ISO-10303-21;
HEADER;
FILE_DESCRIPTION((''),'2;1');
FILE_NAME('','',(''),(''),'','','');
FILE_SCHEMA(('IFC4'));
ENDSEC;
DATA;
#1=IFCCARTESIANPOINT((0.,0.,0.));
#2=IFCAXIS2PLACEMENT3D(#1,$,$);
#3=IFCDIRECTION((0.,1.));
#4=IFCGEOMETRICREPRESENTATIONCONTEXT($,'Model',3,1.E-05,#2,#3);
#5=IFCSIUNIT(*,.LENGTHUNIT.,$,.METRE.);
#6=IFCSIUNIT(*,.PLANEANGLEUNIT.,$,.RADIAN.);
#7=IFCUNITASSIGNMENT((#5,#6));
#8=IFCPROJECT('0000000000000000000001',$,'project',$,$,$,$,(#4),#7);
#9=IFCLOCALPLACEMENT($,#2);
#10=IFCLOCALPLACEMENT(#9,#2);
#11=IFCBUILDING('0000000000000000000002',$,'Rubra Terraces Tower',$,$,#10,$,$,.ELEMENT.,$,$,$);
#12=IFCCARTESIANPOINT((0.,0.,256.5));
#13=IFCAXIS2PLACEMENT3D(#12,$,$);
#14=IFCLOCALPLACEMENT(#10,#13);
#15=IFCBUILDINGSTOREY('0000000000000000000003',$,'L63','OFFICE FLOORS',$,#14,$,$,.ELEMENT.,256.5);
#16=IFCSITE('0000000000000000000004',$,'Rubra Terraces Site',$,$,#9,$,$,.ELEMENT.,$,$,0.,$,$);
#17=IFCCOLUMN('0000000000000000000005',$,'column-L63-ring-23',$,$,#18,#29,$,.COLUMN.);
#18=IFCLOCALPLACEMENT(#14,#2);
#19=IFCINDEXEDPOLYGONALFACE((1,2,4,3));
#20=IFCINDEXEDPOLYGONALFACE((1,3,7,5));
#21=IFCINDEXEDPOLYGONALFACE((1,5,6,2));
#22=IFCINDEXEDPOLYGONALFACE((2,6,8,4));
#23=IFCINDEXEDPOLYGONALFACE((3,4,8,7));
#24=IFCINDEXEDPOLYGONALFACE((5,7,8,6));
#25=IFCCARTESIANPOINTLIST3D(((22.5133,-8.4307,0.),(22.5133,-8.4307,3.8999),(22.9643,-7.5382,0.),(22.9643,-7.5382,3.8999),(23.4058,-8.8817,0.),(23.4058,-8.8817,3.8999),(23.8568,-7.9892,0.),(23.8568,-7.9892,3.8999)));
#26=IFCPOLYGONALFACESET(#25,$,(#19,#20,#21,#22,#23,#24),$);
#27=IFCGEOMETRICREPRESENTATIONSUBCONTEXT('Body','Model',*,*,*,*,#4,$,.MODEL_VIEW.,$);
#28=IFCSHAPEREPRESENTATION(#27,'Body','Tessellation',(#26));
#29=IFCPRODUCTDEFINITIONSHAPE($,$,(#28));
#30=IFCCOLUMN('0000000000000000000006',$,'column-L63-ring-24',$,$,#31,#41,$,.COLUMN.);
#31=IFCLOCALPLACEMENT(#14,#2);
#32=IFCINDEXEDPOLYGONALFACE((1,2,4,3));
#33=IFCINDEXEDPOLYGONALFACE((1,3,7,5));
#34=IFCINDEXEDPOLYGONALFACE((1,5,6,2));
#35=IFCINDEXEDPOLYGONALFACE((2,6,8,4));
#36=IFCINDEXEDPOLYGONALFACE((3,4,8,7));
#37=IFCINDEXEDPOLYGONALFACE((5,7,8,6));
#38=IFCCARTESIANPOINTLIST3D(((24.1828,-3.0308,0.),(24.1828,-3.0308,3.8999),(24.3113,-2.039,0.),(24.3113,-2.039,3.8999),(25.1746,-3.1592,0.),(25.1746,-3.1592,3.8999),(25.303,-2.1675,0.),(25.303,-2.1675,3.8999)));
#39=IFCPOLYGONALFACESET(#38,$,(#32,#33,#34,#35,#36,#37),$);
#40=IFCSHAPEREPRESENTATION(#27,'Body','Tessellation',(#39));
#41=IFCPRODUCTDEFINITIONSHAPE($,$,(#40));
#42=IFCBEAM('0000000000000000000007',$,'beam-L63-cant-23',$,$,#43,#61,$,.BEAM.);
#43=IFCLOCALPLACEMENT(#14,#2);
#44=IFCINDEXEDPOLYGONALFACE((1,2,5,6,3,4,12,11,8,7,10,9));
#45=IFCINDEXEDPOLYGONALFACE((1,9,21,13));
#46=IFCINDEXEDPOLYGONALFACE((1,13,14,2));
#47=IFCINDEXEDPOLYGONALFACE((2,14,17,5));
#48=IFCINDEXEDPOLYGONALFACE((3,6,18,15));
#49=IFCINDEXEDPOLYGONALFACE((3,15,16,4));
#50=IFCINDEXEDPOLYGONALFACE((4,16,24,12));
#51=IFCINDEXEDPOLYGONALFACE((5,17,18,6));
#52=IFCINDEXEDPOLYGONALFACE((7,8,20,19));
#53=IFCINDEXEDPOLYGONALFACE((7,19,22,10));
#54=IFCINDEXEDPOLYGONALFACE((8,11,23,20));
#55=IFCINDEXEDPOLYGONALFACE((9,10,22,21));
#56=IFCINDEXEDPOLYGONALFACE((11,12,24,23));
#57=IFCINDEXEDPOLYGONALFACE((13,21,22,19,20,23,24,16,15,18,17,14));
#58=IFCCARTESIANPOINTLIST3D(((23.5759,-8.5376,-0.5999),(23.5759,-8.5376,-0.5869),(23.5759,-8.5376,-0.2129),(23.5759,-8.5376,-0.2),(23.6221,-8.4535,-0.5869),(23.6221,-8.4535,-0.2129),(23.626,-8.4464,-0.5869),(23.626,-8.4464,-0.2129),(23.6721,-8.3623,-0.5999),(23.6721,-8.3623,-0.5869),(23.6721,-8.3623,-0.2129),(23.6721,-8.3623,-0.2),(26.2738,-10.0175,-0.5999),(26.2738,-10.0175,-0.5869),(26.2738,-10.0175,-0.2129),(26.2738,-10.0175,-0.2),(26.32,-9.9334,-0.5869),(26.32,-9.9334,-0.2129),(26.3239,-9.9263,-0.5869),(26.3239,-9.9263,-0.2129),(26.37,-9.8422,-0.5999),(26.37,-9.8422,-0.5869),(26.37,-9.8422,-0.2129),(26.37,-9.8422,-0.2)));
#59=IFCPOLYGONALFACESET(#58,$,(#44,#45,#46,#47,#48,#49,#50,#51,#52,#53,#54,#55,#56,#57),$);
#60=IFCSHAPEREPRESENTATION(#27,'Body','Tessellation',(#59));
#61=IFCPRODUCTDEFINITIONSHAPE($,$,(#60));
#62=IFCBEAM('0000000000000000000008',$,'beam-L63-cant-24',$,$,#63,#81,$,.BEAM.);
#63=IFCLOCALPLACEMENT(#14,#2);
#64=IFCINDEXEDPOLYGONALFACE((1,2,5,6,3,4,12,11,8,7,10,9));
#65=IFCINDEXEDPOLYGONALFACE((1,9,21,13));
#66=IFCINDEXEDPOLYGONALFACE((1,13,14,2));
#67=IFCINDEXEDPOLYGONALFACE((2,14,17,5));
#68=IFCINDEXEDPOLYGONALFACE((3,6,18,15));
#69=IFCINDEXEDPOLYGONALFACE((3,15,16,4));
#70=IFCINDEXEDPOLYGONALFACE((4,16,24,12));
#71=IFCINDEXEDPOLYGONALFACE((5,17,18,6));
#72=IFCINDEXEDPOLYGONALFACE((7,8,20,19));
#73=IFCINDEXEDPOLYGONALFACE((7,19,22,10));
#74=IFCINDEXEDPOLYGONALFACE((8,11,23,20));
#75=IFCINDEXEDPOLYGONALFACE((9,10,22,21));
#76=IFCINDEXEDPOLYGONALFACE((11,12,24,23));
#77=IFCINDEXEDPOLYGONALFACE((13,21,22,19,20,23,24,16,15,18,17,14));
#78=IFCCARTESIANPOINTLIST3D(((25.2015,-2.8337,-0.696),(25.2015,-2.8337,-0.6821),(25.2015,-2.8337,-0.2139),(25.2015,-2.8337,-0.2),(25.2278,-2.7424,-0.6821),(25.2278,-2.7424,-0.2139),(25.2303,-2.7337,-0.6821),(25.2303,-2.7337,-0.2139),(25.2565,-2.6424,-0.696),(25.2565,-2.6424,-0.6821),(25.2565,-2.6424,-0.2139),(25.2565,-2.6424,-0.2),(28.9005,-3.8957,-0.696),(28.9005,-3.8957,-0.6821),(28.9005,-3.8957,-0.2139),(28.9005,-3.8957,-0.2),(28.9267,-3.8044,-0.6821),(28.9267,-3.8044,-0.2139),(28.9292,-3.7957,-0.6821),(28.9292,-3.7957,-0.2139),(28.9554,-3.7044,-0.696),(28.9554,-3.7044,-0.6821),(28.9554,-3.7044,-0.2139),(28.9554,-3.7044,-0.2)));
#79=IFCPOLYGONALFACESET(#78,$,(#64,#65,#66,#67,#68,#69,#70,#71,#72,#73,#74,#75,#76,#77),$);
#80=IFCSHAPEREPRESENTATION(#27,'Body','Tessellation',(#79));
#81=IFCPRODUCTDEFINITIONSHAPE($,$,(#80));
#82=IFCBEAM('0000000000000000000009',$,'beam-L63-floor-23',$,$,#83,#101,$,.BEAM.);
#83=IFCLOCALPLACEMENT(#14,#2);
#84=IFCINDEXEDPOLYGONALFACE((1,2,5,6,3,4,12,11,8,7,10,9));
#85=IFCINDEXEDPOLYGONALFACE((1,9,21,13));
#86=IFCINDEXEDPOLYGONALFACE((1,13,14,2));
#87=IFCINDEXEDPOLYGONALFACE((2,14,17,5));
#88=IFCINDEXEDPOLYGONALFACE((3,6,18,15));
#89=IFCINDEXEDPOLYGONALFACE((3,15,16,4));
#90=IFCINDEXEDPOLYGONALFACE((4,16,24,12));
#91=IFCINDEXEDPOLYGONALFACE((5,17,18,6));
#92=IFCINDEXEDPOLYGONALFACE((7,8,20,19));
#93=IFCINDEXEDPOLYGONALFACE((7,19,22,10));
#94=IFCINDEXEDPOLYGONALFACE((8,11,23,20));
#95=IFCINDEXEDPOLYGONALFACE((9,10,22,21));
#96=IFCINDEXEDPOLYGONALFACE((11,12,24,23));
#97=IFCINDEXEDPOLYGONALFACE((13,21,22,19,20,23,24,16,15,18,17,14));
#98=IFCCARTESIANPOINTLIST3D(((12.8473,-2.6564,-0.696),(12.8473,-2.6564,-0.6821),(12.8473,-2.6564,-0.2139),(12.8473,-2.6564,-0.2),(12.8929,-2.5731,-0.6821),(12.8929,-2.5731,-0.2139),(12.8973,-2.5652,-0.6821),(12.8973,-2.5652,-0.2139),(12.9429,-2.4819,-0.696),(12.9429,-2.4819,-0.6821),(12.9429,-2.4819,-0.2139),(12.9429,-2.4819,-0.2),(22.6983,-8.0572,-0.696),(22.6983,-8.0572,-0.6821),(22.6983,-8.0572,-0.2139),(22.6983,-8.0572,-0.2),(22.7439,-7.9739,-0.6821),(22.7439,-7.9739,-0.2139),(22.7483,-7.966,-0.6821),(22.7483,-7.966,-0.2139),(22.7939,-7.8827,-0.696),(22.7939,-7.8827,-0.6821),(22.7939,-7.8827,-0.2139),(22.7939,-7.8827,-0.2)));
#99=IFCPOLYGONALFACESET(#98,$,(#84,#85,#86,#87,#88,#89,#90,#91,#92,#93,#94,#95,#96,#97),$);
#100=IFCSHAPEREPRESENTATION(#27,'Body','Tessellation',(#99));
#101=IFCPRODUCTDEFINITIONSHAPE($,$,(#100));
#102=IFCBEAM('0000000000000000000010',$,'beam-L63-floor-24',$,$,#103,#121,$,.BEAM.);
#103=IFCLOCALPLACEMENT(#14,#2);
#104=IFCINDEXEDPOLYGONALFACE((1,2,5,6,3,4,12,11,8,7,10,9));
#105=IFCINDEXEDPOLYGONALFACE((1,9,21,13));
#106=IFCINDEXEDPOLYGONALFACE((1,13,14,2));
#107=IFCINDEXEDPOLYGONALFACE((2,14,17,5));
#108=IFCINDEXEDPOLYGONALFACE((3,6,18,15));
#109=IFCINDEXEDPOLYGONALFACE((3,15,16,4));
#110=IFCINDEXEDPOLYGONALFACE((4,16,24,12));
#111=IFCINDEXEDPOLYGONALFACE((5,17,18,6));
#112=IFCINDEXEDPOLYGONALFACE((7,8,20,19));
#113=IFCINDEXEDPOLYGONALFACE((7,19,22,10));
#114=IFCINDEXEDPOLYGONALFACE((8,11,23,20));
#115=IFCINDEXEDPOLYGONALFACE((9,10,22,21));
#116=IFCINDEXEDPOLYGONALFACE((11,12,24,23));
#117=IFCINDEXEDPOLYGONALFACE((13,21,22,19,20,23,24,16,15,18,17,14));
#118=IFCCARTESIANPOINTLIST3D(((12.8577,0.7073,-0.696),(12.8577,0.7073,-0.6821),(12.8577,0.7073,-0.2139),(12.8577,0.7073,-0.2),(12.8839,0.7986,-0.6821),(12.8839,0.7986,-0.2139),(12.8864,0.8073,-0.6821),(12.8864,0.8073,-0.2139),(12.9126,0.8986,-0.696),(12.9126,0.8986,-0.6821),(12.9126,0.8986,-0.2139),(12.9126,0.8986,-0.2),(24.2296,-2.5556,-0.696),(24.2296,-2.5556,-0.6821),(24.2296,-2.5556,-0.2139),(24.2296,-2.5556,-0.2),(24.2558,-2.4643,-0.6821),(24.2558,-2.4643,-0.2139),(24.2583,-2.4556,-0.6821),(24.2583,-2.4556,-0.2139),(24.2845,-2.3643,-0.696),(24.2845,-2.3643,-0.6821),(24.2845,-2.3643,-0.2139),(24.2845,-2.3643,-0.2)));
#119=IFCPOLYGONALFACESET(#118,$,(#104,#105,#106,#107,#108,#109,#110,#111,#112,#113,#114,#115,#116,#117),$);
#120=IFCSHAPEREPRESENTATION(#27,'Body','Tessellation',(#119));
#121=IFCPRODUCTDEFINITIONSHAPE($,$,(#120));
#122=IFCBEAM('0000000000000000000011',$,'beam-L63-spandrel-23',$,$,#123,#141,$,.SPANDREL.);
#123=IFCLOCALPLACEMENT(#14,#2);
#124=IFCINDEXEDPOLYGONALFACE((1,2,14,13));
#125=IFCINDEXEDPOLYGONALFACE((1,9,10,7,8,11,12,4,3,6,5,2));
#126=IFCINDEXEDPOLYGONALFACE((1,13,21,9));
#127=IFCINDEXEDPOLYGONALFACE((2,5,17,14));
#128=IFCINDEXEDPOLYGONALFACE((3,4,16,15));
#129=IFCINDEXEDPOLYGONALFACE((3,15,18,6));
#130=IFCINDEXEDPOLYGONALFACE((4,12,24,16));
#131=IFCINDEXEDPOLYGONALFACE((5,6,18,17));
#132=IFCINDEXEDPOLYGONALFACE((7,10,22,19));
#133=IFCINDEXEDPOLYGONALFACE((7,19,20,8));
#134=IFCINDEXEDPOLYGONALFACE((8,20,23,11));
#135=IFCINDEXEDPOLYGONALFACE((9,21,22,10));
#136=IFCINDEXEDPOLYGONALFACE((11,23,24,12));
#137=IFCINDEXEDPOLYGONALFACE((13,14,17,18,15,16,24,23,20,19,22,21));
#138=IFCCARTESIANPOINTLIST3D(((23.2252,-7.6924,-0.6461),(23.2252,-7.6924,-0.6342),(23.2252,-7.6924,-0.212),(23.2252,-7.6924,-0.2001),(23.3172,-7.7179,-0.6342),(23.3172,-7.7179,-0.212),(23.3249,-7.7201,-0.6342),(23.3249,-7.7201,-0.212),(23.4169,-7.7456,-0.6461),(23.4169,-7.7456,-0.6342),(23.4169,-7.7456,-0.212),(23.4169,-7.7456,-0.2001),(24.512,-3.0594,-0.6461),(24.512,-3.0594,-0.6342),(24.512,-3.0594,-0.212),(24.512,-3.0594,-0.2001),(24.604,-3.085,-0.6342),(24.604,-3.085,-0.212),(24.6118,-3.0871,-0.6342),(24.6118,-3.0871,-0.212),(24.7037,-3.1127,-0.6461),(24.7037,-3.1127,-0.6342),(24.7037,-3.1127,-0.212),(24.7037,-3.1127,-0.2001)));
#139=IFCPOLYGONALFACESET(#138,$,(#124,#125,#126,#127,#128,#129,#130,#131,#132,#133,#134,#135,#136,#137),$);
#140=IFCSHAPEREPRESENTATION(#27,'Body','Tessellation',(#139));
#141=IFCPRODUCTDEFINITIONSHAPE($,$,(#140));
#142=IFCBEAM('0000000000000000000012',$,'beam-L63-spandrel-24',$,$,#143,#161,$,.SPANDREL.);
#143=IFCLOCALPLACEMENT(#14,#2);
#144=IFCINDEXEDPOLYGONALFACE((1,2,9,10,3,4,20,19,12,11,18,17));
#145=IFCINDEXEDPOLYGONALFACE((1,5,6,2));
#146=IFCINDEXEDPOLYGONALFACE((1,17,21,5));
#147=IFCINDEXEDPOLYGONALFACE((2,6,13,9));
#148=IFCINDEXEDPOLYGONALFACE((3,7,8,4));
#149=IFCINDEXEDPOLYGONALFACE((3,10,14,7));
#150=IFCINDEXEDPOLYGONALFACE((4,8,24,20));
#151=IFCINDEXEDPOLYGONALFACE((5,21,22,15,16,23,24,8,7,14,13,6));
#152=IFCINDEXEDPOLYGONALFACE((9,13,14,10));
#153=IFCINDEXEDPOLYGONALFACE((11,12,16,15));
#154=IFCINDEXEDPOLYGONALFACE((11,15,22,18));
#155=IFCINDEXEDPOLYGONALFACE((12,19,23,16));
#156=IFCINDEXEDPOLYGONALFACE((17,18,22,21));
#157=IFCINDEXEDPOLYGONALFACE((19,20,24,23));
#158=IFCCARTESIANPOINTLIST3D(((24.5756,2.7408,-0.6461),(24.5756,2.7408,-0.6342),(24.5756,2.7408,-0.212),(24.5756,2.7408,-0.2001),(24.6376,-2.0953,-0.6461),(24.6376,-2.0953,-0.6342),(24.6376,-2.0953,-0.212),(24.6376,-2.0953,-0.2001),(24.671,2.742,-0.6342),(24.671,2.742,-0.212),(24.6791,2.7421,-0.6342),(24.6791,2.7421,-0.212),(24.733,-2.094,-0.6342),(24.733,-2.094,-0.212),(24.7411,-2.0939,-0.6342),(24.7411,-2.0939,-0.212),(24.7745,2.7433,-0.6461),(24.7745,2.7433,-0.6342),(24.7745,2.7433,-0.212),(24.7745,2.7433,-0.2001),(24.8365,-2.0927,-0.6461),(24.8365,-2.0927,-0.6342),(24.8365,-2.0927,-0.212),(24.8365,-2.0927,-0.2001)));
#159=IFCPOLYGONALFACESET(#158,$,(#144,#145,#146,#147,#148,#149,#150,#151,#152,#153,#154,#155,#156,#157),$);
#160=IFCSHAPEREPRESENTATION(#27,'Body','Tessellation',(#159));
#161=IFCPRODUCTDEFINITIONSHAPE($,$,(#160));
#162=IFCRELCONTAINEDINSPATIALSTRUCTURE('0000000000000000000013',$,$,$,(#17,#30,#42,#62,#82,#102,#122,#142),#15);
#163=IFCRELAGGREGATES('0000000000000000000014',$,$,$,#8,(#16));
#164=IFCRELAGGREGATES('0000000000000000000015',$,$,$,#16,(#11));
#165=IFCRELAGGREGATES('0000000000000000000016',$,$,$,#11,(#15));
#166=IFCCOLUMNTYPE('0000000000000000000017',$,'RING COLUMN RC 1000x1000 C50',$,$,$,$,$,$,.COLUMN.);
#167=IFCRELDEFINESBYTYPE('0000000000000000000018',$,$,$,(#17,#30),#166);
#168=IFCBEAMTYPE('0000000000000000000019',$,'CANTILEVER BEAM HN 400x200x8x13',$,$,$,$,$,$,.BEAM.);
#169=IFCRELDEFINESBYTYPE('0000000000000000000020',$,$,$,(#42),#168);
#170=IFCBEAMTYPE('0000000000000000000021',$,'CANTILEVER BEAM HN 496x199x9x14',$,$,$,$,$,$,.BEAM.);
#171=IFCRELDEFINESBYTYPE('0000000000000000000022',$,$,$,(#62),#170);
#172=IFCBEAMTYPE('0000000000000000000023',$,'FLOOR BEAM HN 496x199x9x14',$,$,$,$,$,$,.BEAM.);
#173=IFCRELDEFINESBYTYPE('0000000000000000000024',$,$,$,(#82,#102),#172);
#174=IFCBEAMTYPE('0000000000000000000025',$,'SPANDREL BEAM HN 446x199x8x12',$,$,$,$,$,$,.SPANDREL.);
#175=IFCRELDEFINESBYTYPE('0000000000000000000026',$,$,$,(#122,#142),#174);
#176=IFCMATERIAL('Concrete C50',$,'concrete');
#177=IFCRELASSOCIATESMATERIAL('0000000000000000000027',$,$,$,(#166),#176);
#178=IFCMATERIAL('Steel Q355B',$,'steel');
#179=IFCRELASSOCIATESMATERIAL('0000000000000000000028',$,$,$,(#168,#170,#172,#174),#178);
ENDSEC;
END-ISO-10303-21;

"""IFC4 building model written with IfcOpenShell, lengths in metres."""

from ifc_helpers import new_model, si_unit, direction, frame, origin, origin_2d, place, context, subcontext, project, spatial, rectangle, i_section, extrude, material, material_profile, profile_set, type_object, element, save


model = new_model("IFC4")

# Units and contexts
model_context = context("Model", 3, precision=1e-05, world=origin(), true_north=direction((0.0, 1.0)))
body_context = subcontext(model_context, "Body", "Model", "MODEL_VIEW")
ifc_project = project(units=[si_unit("LENGTHUNIT", "METRE"), si_unit("PLANEANGLEUNIT", "RADIAN")], contexts=[model_context])

# Site, building, storey
site_placement = place(None, origin())
site = spatial("IfcSite", under=ifc_project, at=site_placement, Name="Rubra Terraces Site", CompositionType="ELEMENT", RefElevation=0.0)
building_placement = place(site_placement, origin())
building = spatial("IfcBuilding", under=site, at=building_placement, Name="Rubra Terraces Tower", CompositionType="ELEMENT")
storey_placement = place(building_placement, frame((0.0, 0.0, 256.5)))
storey = spatial("IfcBuildingStorey", under=building, at=storey_placement, Name="L63", Description="OFFICE FLOORS", CompositionType="ELEMENT", Elevation=256.5)

# Columns
ifc_material_1 = material(Name="Concrete C50", Category="concrete")
ifc_material_profile_1 = material_profile(ifc_material_1, rectangle(XDim=1.0, YDim=1.0, at=origin_2d()), Name="RC 1000x1000")
ifc_profile_set_1 = profile_set([ifc_material_profile_1], Name="Concrete C50")
column_type = type_object("IfcColumnType", Name="RING COLUMN RC 1000x1000 C50", PredefinedType="COLUMN", material=ifc_profile_set_1)
for number, where, z_axis, x_axis, name in (
    (1, (23.1851, -8.21, 0.0), (0.0, 0.0, 1.0), (0.451028, 0.89251, 0.0), "column-L63-ring-23"),
    (2, (24.7429, -2.5991, 0.0), (0.0, 0.0, 1.0), (0.128444, 0.991717, 0.0), "column-L63-ring-24"),
):
    element("IfcColumn", number, at=place(storey_placement, frame(where, z_axis=z_axis, x_axis=x_axis)), inside=storey, type_object=column_type, Name=name, PredefinedType="COLUMN", context=body_context, shape_type="SweptSolid", body=[
        extrude(rectangle(XDim=1.0, YDim=1.0, at=origin_2d()), origin(), (0.0, 0.0, 1.0), 3.8999),
    ])

# Beams
ifc_material_2 = material(Name="Steel Q355B", Category="steel")
ifc_material_profile_2 = material_profile(ifc_material_2, i_section(OverallWidth=0.2, OverallDepth=0.3999, WebThickness=0.0081, FlangeThickness=0.0129, at=origin_2d()), Name="HN 400x200x8x13")
ifc_profile_set_2 = profile_set([ifc_material_profile_2], Name="Steel Q355B")
beam_type_1 = type_object("IfcBeamType", Name="CANTILEVER BEAM HN 400x200x8x13", PredefinedType="BEAM", material=ifc_profile_set_2)
beam_1_placement = place(storey_placement, frame((23.624, -8.45, -0.3999), z_axis=(0.876753, -0.480941, 0.0), x_axis=(0.480941, 0.876753, 0.0)))
element("IfcBeam", 3, at=beam_1_placement, inside=storey, type_object=beam_type_1, Name="beam-L63-cant-23", PredefinedType="BEAM", context=body_context, shape_type="SweptSolid", body=[
    extrude(i_section(OverallWidth=0.2, OverallDepth=0.3999, WebThickness=0.0081, FlangeThickness=0.0129, at=origin_2d()), origin(), (0.0, 0.0, 1.0), 3.0771),
])
ifc_material_profile_3 = material_profile(ifc_material_2, i_section(OverallWidth=0.199, OverallDepth=0.4961, WebThickness=0.009, FlangeThickness=0.0139, at=origin_2d()), Name="HN 496x199x9x14")
ifc_profile_set_3 = profile_set([ifc_material_profile_3], Name="Steel Q355B")
beam_type_2 = type_object("IfcBeamType", Name="CANTILEVER BEAM HN 496x199x9x14", PredefinedType="BEAM", material=ifc_profile_set_3)
beam_2_placement = place(storey_placement, frame((25.229, -2.738, -0.448), z_axis=(0.961169, -0.275961, 0.0), x_axis=(0.275961, 0.961169, 0.0)))
element("IfcBeam", 4, at=beam_2_placement, inside=storey, type_object=beam_type_2, Name="beam-L63-cant-24", PredefinedType="BEAM", context=body_context, shape_type="SweptSolid", body=[
    extrude(i_section(OverallWidth=0.199, OverallDepth=0.4961, WebThickness=0.009, FlangeThickness=0.0139, at=origin_2d()), origin(), (0.0, 0.0, 1.0), 3.8484),
])
ifc_material_profile_4 = material_profile(ifc_material_2, i_section(OverallWidth=0.199, OverallDepth=0.4961, WebThickness=0.009, FlangeThickness=0.0139, at=origin_2d()), Name="HN 496x199x9x14")
ifc_profile_set_4 = profile_set([ifc_material_profile_4], Name="Steel Q355B")
beam_type_3 = type_object("IfcBeamType", Name="FLOOR BEAM HN 496x199x9x14", PredefinedType="BEAM", material=ifc_profile_set_4)
beam_3_placement = place(storey_placement, frame((22.7461, -7.97, -0.448), z_axis=(-0.876862, 0.480742, 0.0), x_axis=(-0.480742, -0.876862, 0.0)))
element("IfcBeam", 5, at=beam_3_placement, inside=storey, type_object=beam_type_3, Name="beam-L63-floor-23", PredefinedType="BEAM", context=body_context, shape_type="SweptSolid", body=[
    extrude(i_section(OverallWidth=0.199, OverallDepth=0.4961, WebThickness=0.009, FlangeThickness=0.0139, at=origin_2d()), origin(), (0.0, 0.0, 1.0), 11.2344),
])
beam_4_placement = place(storey_placement, frame((24.2571, -2.46, -0.448), z_axis=(-0.961216, 0.275798, 0.0), x_axis=(-0.275798, -0.961216, 0.0)))
element("IfcBeam", 6, at=beam_4_placement, inside=storey, type_object=beam_type_3, Name="beam-L63-floor-24", PredefinedType="BEAM", context=body_context, shape_type="SweptSolid", body=[
    extrude(i_section(OverallWidth=0.199, OverallDepth=0.4961, WebThickness=0.009, FlangeThickness=0.0139, at=origin_2d()), origin(), (0.0, 0.0, 1.0), 11.8308),
])
ifc_material_profile_5 = material_profile(ifc_material_2, i_section(OverallWidth=0.199, OverallDepth=0.446, WebThickness=0.0081, FlangeThickness=0.012, at=origin_2d()), Name="HN 446x199x8x12")
ifc_profile_set_5 = profile_set([ifc_material_profile_5], Name="Steel Q355B")
beam_type_4 = type_object("IfcBeamType", Name="SPANDREL BEAM HN 446x199x8x12", PredefinedType="SPANDREL", material=ifc_profile_set_5)
beam_5_placement = place(storey_placement, frame((23.321, -7.719, -0.4231), z_axis=(0.267626, 0.963523, 0.0), x_axis=(-0.963523, 0.267626, 0.0)))
element("IfcBeam", 7, at=beam_5_placement, inside=storey, type_object=beam_type_4, Name="beam-L63-spandrel-23", PredefinedType="SPANDREL", context=body_context, shape_type="SweptSolid", body=[
    extrude(i_section(OverallWidth=0.199, OverallDepth=0.446, WebThickness=0.0081, FlangeThickness=0.012, at=origin_2d()), origin(), (0.0, 0.0, 1.0), 4.8083),
])
beam_6_placement = place(storey_placement, frame((24.7371, -2.094, -0.4231), z_axis=(-0.012822, 0.999918, 0.0), x_axis=(-0.999918, -0.012822, 0.0)))
element("IfcBeam", 8, at=beam_6_placement, inside=storey, type_object=beam_type_4, Name="beam-L63-spandrel-24", PredefinedType="SPANDREL", context=body_context, shape_type="SweptSolid", body=[
    extrude(i_section(OverallWidth=0.199, OverallDepth=0.446, WebThickness=0.0081, FlangeThickness=0.012, at=origin_2d()), origin(), (0.0, 0.0, 1.0), 4.8364),
])

save(model, "model.ifc")
